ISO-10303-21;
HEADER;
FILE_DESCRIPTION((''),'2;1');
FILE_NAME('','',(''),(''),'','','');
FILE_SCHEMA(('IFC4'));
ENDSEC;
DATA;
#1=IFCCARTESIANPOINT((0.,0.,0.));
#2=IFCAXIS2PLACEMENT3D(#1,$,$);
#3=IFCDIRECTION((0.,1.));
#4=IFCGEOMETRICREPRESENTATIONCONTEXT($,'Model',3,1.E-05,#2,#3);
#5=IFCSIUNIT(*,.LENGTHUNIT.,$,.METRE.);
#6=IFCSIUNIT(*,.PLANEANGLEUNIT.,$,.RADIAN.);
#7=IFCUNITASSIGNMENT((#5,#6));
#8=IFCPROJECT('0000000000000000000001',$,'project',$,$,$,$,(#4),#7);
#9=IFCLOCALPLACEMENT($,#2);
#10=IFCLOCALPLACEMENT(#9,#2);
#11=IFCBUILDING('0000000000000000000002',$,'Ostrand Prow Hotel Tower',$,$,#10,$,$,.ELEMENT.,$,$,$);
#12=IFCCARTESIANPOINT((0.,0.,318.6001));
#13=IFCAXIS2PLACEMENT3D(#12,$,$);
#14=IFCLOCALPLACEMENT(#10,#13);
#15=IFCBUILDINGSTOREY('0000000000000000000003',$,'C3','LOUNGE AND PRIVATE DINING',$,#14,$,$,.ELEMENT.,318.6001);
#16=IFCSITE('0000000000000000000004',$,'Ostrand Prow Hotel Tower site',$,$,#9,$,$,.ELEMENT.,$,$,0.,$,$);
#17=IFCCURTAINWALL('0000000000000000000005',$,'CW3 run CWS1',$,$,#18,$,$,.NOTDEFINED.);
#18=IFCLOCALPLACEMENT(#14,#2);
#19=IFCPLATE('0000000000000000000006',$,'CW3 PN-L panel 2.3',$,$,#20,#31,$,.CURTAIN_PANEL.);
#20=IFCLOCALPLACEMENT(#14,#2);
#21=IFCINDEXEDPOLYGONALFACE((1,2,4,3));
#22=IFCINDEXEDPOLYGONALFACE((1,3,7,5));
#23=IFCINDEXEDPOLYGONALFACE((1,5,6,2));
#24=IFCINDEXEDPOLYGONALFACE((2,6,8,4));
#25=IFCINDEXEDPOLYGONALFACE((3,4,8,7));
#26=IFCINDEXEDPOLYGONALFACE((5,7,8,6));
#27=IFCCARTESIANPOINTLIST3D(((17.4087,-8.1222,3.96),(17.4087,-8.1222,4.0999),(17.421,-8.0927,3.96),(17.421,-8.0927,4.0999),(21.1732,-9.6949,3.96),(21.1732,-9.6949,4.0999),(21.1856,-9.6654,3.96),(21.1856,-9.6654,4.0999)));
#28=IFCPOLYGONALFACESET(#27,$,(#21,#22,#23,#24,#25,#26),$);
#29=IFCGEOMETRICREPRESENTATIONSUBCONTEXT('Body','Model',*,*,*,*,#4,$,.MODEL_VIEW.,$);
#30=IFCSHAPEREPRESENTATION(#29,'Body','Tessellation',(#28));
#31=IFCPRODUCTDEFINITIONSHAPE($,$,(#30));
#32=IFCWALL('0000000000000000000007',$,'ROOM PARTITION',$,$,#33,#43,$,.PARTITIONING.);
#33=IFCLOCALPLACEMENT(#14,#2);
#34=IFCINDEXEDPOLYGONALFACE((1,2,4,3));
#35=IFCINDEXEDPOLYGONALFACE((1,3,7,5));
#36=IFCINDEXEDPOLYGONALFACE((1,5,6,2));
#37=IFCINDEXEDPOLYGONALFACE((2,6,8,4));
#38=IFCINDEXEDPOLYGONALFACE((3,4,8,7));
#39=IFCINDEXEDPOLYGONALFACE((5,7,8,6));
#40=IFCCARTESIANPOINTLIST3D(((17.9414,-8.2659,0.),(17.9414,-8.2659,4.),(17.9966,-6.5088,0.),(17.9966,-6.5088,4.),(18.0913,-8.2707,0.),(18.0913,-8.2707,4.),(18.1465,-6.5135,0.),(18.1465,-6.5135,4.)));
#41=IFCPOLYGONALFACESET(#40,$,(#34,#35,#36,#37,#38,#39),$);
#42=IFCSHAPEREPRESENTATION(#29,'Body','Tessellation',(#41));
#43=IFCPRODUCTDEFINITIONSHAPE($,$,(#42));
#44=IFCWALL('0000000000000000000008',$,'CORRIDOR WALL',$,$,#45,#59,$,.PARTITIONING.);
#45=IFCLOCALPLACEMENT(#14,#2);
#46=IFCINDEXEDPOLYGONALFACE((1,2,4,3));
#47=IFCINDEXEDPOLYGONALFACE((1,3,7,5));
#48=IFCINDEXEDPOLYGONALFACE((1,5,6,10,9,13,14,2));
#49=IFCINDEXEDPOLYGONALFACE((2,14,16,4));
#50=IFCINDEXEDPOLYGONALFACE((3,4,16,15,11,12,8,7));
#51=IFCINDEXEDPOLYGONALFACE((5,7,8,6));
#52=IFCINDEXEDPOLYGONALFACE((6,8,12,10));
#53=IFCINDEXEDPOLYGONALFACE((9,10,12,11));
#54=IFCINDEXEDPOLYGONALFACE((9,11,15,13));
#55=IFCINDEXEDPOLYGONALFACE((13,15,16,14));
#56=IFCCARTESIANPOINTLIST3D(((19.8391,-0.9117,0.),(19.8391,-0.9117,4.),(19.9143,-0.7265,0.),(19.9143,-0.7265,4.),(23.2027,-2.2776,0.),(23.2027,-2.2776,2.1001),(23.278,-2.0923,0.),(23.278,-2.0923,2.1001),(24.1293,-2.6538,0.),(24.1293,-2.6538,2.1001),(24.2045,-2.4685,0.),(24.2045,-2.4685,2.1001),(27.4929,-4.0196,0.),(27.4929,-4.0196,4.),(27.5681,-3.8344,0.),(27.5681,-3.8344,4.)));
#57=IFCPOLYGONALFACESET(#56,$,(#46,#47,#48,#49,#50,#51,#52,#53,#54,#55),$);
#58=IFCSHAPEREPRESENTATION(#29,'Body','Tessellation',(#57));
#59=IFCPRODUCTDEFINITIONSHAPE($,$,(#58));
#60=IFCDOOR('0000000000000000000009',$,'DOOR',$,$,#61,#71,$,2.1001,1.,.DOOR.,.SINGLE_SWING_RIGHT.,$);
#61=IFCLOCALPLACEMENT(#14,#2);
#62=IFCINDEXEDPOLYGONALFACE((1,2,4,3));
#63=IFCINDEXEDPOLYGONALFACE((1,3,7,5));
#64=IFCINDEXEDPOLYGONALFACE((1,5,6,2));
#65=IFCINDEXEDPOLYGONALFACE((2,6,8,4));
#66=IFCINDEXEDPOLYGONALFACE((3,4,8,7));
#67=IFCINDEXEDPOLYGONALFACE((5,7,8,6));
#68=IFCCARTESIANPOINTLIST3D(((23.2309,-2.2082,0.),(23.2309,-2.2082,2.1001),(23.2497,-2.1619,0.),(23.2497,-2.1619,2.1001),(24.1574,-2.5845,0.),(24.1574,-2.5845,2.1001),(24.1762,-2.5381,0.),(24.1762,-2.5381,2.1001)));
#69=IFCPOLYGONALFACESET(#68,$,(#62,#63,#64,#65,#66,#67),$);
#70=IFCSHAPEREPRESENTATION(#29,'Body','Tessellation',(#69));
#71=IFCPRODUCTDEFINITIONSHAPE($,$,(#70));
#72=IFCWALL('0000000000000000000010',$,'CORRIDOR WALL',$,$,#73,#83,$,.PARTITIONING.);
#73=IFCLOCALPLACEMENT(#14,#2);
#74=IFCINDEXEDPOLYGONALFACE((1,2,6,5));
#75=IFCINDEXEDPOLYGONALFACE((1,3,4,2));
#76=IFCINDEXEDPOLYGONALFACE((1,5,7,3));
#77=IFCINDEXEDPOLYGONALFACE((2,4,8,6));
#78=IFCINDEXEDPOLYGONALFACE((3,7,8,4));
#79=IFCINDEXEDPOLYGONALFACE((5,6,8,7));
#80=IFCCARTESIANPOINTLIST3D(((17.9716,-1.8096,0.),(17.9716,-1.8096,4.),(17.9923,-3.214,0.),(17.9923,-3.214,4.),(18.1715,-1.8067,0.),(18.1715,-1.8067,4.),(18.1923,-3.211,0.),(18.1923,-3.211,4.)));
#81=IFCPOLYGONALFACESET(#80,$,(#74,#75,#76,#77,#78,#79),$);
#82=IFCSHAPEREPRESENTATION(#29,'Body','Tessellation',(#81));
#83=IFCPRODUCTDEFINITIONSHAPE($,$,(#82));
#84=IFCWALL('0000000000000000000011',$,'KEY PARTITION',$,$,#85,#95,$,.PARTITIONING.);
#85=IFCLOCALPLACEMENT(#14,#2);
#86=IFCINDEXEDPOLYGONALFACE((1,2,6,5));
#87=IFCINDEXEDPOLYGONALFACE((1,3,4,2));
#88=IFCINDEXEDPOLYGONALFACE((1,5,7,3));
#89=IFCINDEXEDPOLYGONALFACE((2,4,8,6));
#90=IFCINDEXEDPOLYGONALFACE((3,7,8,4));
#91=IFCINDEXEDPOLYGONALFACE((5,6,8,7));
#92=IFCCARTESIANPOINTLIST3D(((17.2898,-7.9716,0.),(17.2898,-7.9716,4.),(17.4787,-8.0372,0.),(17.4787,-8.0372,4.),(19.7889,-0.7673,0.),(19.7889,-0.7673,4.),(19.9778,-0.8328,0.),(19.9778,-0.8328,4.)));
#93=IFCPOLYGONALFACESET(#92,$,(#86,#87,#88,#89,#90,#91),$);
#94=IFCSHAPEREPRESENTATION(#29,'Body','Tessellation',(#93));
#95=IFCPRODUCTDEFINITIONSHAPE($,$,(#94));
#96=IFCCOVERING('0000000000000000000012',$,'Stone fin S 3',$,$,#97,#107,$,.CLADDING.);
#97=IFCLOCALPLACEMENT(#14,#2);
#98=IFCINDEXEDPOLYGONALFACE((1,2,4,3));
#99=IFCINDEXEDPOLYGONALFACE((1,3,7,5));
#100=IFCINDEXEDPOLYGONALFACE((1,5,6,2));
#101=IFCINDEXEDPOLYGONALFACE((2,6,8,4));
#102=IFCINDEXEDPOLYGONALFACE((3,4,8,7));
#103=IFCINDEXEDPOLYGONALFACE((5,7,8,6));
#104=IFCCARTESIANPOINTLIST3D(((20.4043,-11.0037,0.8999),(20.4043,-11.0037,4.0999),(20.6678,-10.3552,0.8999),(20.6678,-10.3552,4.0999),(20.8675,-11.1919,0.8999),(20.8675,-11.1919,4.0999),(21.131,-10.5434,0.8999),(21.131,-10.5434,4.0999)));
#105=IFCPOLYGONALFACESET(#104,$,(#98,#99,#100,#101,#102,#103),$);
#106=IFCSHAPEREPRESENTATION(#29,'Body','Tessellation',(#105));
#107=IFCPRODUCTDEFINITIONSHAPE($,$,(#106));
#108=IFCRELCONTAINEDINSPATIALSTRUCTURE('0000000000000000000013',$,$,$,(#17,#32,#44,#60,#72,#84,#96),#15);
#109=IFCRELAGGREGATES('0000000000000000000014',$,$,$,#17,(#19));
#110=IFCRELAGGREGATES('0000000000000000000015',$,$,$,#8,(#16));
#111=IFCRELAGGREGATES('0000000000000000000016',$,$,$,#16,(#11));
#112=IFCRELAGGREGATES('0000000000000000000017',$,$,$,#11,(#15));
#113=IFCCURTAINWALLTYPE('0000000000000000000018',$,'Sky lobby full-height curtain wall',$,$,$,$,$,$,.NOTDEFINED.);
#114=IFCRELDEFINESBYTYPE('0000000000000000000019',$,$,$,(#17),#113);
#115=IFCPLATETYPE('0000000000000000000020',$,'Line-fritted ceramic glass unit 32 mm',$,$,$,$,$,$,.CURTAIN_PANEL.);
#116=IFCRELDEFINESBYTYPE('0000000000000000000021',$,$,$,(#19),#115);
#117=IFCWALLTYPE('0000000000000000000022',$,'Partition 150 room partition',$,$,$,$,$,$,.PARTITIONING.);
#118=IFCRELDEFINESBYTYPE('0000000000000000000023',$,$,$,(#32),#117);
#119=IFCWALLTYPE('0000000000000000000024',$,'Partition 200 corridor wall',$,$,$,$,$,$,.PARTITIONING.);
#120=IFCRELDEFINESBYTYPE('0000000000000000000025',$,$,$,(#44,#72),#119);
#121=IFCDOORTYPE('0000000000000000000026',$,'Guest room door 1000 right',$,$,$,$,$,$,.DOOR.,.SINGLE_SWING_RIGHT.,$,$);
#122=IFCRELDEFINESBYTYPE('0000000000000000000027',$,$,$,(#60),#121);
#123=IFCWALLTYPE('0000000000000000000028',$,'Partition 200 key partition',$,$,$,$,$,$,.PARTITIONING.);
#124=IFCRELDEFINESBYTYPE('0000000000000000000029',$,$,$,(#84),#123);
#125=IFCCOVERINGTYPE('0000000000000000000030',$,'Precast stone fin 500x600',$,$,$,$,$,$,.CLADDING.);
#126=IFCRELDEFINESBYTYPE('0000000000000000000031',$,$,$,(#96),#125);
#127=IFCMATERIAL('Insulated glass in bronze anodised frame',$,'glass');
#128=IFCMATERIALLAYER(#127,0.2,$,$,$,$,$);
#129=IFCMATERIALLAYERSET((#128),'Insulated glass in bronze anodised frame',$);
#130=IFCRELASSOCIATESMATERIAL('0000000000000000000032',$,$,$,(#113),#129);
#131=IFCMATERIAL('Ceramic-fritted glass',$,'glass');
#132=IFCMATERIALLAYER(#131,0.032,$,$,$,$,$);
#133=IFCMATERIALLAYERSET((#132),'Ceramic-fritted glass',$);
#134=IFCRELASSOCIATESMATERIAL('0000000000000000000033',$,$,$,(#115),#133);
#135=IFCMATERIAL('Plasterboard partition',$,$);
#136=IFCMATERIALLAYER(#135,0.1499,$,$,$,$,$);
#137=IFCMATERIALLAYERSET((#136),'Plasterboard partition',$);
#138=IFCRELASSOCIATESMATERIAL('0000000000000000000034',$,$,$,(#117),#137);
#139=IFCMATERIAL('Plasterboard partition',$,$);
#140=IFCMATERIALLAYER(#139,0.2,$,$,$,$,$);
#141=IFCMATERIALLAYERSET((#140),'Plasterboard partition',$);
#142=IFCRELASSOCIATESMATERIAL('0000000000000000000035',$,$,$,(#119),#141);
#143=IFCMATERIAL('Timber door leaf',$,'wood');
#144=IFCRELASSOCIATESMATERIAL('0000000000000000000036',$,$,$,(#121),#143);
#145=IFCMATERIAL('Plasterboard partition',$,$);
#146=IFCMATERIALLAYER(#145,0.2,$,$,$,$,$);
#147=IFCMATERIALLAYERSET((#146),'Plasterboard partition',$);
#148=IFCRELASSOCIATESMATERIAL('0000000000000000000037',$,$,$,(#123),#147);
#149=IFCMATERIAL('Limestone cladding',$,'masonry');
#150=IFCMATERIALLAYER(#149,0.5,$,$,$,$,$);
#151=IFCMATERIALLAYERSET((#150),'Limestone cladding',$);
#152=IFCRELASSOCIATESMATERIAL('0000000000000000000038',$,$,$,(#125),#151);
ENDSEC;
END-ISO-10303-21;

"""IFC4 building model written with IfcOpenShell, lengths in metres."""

from ifc_helpers import new_model, si_unit, direction, frame, frame_2d, origin, origin_2d, place, context, subcontext, project, spatial, rectangle, extrude, material, layer, layer_set, type_object, element, fill, aggregate, save


model = new_model("IFC4")

# Units and contexts
model_context = context("Model", 3, precision=1e-05, world=origin(), true_north=direction((0.0, 1.0)))
body_context = subcontext(model_context, "Body", "Model", "MODEL_VIEW")
ifc_project = project(units=[si_unit("LENGTHUNIT", "METRE"), si_unit("PLANEANGLEUNIT", "RADIAN")], contexts=[model_context])

# Site, building, storey
site_placement = place(None, origin())
site = spatial("IfcSite", under=ifc_project, at=site_placement, Name="Ostrand Prow Hotel Tower site", CompositionType="ELEMENT", RefElevation=0.0)
building_placement = place(site_placement, origin())
building = spatial("IfcBuilding", under=site, at=building_placement, Name="Ostrand Prow Hotel Tower", CompositionType="ELEMENT")
storey_placement = place(building_placement, frame((0.0, 0.0, 318.6001)))
storey = spatial("IfcBuildingStorey", under=building, at=storey_placement, Name="C3", Description="LOUNGE AND PRIVATE DINING", CompositionType="ELEMENT", Elevation=318.6001)

# Curtain wall
ifc_material_1 = material(Name="Insulated glass in bronze anodised frame", Category="glass")
ifc_layer_1 = layer(ifc_material_1, 0.2)
ifc_layer_set_1 = layer_set([ifc_layer_1], Name="Insulated glass in bronze anodised frame")
curtain_wall_type = type_object("IfcCurtainWallType", Name="Sky lobby full-height curtain wall", PredefinedType="NOTDEFINED", material=ifc_layer_set_1)
curtain_wall_1_placement = place(storey_placement, origin())
curtain_wall_1 = element("IfcCurtainWall", 1, at=curtain_wall_1_placement, inside=storey, type_object=curtain_wall_type, Name="CW3 run CWS1", PredefinedType="NOTDEFINED")

# Plate
ifc_material_2 = material(Name="Ceramic-fritted glass", Category="glass")
ifc_layer_2 = layer(ifc_material_2, 0.032)
ifc_layer_set_2 = layer_set([ifc_layer_2], Name="Ceramic-fritted glass")
plate_type_1 = type_object("IfcPlateType", Name="Line-fritted ceramic glass unit 32 mm", PredefinedType="CURTAIN_PANEL", material=ifc_layer_set_2)
plate_1_placement = place(storey_placement, frame((19.2971, -8.8938, 3.96), z_axis=(0.0, 0.0, 1.0), x_axis=(0.92272, -0.385471, 0.0)))
plate_1 = element("IfcPlate", 2, at=plate_1_placement, type_object=plate_type_1, Name="CW3 PN-L panel 2.3", PredefinedType="CURTAIN_PANEL", context=body_context, shape_type="SweptSolid", body=[
    extrude(rectangle(XDim=4.0798, YDim=0.032, at=origin_2d()), origin(), (0.0, 0.0, 1.0), 0.1399),
])
aggregate(curtain_wall_1, [plate_1])

# Wall
ifc_material_3 = material(Name="Plasterboard partition")
ifc_layer_3 = layer(ifc_material_3, 0.1499)
ifc_layer_set_3 = layer_set([ifc_layer_3], Name="Plasterboard partition")
wall_type_1 = type_object("IfcWallType", Name="Partition 150 room partition", PredefinedType="PARTITIONING", material=ifc_layer_set_3)
wall_1_placement = place(storey_placement, frame((18.0715, -6.5112, 0.0), z_axis=(0.0, 0.0, 1.0), x_axis=(-0.031387, -0.999507, 0.0)))
element("IfcWall", 3, at=wall_1_placement, inside=storey, type_object=wall_type_1, Name="ROOM PARTITION", PredefinedType="PARTITIONING", context=body_context, shape_type="SweptSolid", body=[
    extrude(rectangle(XDim=1.7581, YDim=0.1499, at=frame_2d((0.8789, 0.0))), origin(), (0.0, 0.0, 1.0), 4.0),
])

# Wall, opening, door
ifc_material_4 = material(Name="Plasterboard partition")
ifc_layer_4 = layer(ifc_material_4, 0.2)
ifc_layer_set_4 = layer_set([ifc_layer_4], Name="Plasterboard partition")
wall_type_2 = type_object("IfcWallType", Name="Partition 200 corridor wall", PredefinedType="PARTITIONING", material=ifc_layer_set_4)
wall_2_placement = place(storey_placement, frame((19.8767, -0.8191, 0.0), z_axis=(0.0, 0.0, 1.0), x_axis=(0.926528, -0.376226, 0.0)))
wall_2 = element("IfcWall", 4, at=wall_2_placement, inside=storey, type_object=wall_type_2, Name="CORRIDOR WALL", PredefinedType="PARTITIONING", context=body_context, shape_type="SweptSolid", body=[
    extrude(rectangle(XDim=8.2607, YDim=0.2, at=frame_2d((4.1304, 0.0))), origin(), (0.0, 0.0, 1.0), 4.0),
])
opening_placement = place(wall_2_placement, frame((3.6304, 0.0, 0.0)))
opening = element("IfcOpeningElement", 5, at=opening_placement, cuts=wall_2, PredefinedType="OPENING", context=body_context, shape_type="SweptSolid", body=[
    extrude(rectangle(XDim=1.0, YDim=2.1001, at=frame_2d((0.5, 1.05))), frame((0.0, 0.1099, 0.0), z_axis=(0.0, -1.0, 0.0), x_axis=(1.0, 0.0, 0.0)), (0.0, 0.0, 1.0), 0.22),
])
ifc_material_5 = material(Name="Timber door leaf", Category="wood")
door_type = type_object("IfcDoorType", Name="Guest room door 1000 right", OperationType="SINGLE_SWING_RIGHT", PredefinedType="DOOR", material=ifc_material_5)
door_placement = place(opening_placement, origin())
door = element("IfcDoor", 6, at=door_placement, inside=storey, type_object=door_type, Name="DOOR", OperationType="SINGLE_SWING_RIGHT", OverallHeight=2.1001, OverallWidth=1.0, PredefinedType="DOOR", context=body_context, shape_type="SweptSolid", body=[
    extrude(rectangle(XDim=1.0, YDim=2.1001, at=frame_2d((0.5, 1.05))), frame((0.0, 0.0249, 0.0), z_axis=(0.0, -1.0, 0.0), x_axis=(1.0, 0.0, 0.0)), (0.0, 0.0, 1.0), 0.05),
])
fill(opening, door)

# Walls
wall_3_placement = place(storey_placement, frame((18.0923, -3.2124, 0.0), z_axis=(0.0, 0.0, 1.0), x_axis=(-0.014776, 0.999891, 0.0)))
element("IfcWall", 7, at=wall_3_placement, inside=storey, type_object=wall_type_2, Name="CORRIDOR WALL", PredefinedType="PARTITIONING", context=body_context, shape_type="SweptSolid", body=[
    extrude(rectangle(XDim=1.4045, YDim=0.2, at=frame_2d((0.7021, 0.0))), origin(), (0.0, 0.0, 1.0), 4.0),
])
ifc_material_6 = material(Name="Plasterboard partition")
ifc_layer_5 = layer(ifc_material_6, 0.2)
ifc_layer_set_5 = layer_set([ifc_layer_5], Name="Plasterboard partition")
wall_type_3 = type_object("IfcWallType", Name="Partition 200 key partition", PredefinedType="PARTITIONING", material=ifc_layer_set_5)
wall_4_placement = place(storey_placement, frame((17.3843, -8.0044, 0.0), z_axis=(0.0, 0.0, 1.0), x_axis=(0.327721, 0.944775, 0.0)))
element("IfcWall", 8, at=wall_4_placement, inside=storey, type_object=wall_type_3, Name="KEY PARTITION", PredefinedType="PARTITIONING", context=body_context, shape_type="SweptSolid", body=[
    extrude(rectangle(XDim=7.6255, YDim=0.2, at=frame_2d((3.8127, 0.0))), origin(), (0.0, 0.0, 1.0), 4.0),
])

# Covering
ifc_material_7 = material(Name="Limestone cladding", Category="masonry")
ifc_layer_6 = layer(ifc_material_7, 0.5)
ifc_layer_set_6 = layer_set([ifc_layer_6], Name="Limestone cladding")
covering_type = type_object("IfcCoveringType", Name="Precast stone fin 500x600", PredefinedType="CLADDING", material=ifc_layer_set_6)
covering_placement = place(storey_placement, frame((20.8994, -10.4492, 0.8999), z_axis=(0.0, 0.0, 1.0), x_axis=(-0.376377, -0.926467, 0.0)))
element("IfcCovering", 9, at=covering_placement, inside=storey, type_object=covering_type, Name="Stone fin S 3", PredefinedType="CLADDING", context=body_context, shape_type="SweptSolid", body=[
    extrude(rectangle(XDim=0.7, YDim=0.5, at=frame_2d((0.3501, 0.0))), origin(), (0.0, 0.0, 1.0), 3.2),
])

save(model, "model.ifc")
